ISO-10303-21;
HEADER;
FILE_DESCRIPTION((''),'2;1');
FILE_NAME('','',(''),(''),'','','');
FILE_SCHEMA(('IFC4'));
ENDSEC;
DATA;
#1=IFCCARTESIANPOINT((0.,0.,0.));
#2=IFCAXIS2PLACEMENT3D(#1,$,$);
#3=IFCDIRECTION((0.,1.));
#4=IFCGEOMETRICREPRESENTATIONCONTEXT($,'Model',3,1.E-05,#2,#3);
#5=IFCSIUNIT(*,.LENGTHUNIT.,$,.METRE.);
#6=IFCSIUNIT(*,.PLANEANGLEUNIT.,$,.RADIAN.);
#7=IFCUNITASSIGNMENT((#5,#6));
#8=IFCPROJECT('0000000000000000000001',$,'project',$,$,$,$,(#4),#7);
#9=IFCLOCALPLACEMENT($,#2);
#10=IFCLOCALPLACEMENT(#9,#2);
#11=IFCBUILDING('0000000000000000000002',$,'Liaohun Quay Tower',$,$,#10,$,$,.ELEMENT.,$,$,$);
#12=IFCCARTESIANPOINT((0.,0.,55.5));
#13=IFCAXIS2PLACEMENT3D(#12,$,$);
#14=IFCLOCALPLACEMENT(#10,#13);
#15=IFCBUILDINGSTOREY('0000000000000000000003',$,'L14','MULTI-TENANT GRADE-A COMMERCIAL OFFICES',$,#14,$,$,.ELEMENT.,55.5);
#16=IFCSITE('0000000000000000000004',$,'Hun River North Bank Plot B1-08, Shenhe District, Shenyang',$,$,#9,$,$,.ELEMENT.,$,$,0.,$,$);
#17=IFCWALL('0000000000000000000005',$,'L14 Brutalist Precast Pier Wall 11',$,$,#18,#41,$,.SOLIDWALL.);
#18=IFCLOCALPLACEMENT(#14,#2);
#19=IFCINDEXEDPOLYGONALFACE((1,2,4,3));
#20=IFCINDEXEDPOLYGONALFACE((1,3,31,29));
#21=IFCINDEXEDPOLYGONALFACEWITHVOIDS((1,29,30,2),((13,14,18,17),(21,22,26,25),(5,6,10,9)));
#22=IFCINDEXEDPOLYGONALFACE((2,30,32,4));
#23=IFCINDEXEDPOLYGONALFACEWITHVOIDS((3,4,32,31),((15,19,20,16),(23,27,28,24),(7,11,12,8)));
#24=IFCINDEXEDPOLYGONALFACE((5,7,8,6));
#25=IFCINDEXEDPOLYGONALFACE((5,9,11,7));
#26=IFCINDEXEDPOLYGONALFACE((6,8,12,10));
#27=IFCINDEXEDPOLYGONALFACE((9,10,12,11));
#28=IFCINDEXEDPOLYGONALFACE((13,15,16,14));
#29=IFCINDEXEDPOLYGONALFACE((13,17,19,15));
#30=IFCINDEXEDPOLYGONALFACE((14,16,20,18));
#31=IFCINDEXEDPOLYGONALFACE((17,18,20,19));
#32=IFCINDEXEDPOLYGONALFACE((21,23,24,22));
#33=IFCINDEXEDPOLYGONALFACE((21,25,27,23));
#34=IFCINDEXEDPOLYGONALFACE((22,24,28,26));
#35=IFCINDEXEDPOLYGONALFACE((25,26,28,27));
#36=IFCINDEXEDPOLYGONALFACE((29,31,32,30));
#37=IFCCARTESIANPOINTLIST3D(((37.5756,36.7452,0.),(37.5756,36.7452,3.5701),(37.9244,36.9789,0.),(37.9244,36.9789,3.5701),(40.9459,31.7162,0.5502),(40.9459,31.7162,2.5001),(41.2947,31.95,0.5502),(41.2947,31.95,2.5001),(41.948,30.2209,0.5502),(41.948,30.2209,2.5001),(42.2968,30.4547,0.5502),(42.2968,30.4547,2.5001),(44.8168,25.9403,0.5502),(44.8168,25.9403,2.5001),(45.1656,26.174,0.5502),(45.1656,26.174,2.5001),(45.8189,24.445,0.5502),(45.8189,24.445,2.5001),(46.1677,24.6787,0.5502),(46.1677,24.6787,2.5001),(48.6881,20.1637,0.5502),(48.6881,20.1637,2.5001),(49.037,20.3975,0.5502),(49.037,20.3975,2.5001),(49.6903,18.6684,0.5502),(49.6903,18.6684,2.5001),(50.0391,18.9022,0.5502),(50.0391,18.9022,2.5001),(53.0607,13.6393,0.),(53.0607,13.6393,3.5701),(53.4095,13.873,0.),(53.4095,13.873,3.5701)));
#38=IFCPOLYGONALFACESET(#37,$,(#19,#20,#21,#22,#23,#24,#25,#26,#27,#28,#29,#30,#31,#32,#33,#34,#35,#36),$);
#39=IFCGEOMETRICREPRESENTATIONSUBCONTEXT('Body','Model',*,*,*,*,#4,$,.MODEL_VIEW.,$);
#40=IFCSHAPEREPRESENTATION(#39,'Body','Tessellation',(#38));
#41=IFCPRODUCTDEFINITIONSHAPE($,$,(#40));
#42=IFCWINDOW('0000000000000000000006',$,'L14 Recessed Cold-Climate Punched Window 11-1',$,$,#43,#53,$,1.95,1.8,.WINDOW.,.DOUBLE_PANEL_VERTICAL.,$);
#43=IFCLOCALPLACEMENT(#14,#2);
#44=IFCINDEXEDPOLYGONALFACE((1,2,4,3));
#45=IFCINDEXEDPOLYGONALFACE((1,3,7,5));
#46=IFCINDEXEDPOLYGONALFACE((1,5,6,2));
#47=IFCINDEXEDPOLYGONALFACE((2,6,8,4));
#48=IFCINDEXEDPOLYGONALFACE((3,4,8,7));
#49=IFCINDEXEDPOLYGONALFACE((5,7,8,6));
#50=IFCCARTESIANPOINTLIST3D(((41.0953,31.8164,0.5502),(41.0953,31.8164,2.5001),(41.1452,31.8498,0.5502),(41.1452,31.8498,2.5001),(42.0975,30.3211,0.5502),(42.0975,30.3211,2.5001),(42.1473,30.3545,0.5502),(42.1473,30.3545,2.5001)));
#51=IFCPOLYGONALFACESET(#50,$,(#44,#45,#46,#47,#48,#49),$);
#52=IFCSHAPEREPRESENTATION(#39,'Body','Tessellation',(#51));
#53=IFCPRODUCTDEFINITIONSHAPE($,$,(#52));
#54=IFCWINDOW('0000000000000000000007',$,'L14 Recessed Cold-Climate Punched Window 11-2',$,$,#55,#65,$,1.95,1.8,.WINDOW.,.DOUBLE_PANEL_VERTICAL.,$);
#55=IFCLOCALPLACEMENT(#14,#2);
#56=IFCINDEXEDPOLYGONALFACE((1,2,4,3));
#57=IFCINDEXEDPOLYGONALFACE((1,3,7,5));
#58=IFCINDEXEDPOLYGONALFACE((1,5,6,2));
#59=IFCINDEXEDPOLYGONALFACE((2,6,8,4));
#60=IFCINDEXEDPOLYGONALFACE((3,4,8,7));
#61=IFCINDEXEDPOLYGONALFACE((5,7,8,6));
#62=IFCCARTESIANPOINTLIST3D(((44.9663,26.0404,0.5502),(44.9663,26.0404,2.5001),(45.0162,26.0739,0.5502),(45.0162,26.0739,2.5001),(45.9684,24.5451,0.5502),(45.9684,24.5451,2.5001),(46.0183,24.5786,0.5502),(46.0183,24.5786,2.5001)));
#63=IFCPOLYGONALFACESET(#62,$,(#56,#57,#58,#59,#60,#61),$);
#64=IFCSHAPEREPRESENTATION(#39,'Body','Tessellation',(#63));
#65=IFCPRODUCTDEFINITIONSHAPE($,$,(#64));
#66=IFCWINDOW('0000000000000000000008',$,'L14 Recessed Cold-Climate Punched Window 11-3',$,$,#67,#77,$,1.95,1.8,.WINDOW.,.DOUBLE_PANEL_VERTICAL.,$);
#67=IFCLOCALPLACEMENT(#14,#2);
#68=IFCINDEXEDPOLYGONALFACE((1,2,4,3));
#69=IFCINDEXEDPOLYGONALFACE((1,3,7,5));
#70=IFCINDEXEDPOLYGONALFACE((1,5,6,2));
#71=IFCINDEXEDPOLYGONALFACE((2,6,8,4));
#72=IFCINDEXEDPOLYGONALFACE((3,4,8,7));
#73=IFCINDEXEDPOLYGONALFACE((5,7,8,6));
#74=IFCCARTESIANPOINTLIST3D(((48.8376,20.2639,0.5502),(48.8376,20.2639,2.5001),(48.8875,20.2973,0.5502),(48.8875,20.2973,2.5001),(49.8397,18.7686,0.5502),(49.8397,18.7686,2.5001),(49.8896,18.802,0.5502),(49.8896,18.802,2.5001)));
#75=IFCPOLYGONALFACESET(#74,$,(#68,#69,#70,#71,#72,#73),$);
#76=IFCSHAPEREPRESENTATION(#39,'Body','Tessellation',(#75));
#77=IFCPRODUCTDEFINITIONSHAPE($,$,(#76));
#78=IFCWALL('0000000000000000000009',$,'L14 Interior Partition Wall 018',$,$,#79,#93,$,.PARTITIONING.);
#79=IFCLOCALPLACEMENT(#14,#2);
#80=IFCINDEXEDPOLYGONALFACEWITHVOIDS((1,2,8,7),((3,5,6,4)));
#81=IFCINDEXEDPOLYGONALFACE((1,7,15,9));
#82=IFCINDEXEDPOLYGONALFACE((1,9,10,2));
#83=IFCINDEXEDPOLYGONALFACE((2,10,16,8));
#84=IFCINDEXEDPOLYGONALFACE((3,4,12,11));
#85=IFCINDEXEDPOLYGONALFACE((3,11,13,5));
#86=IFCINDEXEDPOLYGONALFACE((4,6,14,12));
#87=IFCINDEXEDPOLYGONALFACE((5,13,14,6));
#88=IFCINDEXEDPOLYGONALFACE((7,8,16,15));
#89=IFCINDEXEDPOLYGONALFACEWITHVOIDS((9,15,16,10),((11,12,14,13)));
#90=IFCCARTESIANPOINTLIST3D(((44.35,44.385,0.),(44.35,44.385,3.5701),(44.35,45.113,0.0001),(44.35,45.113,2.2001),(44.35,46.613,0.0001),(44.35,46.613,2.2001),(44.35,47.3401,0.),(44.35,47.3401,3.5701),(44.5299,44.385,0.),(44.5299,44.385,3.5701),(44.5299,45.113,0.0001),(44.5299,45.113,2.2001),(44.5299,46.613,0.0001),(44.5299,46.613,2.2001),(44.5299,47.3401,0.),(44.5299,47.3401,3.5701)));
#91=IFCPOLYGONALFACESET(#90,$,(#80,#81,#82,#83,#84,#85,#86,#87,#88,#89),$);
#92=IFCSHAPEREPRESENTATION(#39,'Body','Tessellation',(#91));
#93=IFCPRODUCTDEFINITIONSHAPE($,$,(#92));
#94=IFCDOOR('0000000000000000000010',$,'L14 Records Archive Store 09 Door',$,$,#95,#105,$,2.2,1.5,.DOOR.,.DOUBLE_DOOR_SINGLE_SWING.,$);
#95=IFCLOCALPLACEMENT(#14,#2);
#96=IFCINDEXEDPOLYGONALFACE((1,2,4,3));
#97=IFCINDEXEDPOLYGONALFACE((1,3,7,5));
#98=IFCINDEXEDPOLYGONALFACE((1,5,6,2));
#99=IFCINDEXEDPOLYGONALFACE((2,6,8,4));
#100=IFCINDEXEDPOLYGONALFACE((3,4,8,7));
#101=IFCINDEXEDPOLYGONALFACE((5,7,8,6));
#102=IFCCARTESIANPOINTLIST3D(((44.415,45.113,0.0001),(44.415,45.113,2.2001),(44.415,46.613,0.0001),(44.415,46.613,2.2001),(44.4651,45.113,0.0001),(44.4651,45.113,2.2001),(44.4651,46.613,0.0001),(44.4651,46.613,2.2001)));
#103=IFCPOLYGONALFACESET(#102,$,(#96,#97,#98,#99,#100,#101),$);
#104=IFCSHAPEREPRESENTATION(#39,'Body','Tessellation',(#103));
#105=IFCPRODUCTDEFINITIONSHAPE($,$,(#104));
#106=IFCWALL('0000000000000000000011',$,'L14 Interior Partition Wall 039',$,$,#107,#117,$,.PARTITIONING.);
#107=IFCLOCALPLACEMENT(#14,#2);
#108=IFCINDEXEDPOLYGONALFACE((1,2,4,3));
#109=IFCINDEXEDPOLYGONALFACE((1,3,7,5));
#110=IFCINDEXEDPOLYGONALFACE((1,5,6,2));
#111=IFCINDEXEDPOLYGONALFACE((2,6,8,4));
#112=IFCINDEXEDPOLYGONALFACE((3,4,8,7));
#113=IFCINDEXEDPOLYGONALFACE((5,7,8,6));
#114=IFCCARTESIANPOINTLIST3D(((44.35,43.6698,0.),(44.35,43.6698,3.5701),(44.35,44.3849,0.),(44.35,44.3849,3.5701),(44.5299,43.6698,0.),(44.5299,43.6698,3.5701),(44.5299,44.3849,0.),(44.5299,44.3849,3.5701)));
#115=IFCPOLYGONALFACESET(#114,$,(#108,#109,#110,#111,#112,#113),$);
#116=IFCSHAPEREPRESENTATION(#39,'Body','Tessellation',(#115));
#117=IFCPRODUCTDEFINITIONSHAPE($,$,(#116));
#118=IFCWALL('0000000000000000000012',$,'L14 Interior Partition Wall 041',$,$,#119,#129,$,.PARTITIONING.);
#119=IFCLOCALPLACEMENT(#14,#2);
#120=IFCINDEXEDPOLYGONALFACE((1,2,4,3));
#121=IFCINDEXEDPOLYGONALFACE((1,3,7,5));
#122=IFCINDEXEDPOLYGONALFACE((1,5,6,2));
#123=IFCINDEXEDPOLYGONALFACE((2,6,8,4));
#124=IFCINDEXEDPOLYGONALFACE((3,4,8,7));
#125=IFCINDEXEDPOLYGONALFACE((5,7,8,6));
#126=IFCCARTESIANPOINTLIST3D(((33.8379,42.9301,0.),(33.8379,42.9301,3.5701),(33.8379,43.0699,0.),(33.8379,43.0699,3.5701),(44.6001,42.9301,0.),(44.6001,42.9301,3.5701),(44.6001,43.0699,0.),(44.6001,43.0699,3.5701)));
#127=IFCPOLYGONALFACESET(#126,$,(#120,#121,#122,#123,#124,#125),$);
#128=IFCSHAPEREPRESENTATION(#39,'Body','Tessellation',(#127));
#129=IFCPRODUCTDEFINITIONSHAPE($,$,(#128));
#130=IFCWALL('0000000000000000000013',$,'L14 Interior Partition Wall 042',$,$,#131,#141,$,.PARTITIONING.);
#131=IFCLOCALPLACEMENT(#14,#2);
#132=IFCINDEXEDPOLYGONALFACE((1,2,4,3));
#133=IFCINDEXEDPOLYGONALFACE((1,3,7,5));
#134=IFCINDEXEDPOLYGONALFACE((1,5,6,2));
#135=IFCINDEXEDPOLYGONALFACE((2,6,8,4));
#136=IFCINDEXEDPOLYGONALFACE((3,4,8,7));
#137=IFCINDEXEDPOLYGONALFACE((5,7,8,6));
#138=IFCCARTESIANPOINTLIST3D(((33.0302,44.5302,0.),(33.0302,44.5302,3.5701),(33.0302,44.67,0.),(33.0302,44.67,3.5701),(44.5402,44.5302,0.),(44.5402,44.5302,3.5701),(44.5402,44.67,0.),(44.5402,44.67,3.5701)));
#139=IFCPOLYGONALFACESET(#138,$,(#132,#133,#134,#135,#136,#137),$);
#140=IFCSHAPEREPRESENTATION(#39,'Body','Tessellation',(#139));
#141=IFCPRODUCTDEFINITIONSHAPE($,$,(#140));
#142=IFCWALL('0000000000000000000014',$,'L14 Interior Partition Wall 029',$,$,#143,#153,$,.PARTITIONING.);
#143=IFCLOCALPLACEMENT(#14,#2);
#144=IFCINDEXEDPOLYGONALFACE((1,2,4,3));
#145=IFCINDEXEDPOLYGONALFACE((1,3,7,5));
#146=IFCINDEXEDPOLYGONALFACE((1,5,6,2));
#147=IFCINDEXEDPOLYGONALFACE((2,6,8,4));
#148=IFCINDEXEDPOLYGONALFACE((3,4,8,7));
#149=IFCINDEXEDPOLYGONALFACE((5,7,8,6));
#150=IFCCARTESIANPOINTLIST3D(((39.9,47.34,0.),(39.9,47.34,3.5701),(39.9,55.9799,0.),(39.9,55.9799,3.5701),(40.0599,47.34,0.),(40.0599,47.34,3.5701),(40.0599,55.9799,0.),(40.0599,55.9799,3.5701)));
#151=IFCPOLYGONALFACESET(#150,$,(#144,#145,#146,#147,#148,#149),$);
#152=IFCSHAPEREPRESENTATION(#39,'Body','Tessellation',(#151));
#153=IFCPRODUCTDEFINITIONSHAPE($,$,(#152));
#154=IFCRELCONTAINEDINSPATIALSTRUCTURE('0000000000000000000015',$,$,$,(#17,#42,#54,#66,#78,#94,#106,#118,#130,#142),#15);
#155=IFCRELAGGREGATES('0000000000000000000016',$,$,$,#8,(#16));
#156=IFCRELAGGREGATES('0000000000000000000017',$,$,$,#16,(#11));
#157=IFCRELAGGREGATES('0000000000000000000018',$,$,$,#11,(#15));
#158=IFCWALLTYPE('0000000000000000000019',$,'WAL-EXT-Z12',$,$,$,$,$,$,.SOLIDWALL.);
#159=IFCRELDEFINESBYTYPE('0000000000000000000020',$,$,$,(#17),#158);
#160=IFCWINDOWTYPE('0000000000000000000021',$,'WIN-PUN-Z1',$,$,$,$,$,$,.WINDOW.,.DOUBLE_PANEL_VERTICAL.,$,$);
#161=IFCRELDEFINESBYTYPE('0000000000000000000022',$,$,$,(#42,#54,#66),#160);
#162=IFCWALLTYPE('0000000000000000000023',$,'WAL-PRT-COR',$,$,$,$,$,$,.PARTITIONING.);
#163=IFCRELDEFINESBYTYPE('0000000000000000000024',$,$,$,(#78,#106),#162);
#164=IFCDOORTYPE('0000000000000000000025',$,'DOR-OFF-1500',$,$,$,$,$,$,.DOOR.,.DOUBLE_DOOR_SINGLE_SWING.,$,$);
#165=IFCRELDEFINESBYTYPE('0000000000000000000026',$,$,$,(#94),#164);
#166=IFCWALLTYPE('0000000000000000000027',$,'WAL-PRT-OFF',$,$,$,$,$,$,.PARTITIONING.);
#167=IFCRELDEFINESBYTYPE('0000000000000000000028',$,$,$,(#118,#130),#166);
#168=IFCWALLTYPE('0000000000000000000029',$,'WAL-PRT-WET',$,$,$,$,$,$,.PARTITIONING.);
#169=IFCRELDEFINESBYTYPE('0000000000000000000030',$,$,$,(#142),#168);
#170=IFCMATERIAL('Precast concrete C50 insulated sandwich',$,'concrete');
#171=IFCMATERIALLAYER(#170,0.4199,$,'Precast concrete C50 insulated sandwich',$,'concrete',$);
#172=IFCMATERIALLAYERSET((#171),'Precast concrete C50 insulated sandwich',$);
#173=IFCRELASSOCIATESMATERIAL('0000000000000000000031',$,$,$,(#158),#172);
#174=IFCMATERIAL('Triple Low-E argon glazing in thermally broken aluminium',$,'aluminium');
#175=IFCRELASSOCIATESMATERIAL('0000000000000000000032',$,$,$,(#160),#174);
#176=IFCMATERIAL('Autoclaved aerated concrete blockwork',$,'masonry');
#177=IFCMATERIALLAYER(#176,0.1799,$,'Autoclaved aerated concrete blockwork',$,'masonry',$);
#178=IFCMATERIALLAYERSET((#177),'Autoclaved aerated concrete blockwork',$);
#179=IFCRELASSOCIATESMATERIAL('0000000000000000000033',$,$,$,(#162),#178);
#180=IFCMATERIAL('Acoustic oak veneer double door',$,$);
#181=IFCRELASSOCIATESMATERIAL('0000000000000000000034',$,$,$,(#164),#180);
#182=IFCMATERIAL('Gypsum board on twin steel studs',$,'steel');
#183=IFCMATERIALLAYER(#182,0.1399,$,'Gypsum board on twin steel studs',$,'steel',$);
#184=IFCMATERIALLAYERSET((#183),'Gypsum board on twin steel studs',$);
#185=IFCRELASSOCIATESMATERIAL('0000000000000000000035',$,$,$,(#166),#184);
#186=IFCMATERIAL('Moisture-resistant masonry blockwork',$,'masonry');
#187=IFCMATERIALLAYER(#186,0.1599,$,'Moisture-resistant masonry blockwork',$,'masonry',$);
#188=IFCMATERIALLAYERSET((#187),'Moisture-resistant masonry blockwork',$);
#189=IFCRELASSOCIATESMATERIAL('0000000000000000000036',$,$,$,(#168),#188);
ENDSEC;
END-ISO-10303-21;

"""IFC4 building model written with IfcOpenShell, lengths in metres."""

from ifc_helpers import new_model, si_unit, direction, frame, frame_2d, origin, place, context, subcontext, project, spatial, rectangle, extrude, source, transform, mapped, material, layer, layer_set, type_object, element, fill, save


model = new_model("IFC4")

# Units and contexts
model_context = context("Model", 3, precision=1e-05, world=origin(), true_north=direction((0.0, 1.0)))
body_context = subcontext(model_context, "Body", "Model", "MODEL_VIEW")
ifc_project = project(units=[si_unit("LENGTHUNIT", "METRE"), si_unit("PLANEANGLEUNIT", "RADIAN")], contexts=[model_context])

# Site, building, storey
site_placement = place(None, origin())
site = spatial("IfcSite", under=ifc_project, at=site_placement, Name="Hun River North Bank Plot B1-08, Shenhe District, Shenyang", CompositionType="ELEMENT", RefElevation=0.0)
building_placement = place(site_placement, origin())
building = spatial("IfcBuilding", under=site, at=building_placement, Name="Liaohun Quay Tower", CompositionType="ELEMENT")
storey_placement = place(building_placement, frame((0.0, 0.0, 55.5)))
storey = spatial("IfcBuildingStorey", under=building, at=storey_placement, Name="L14", Description="MULTI-TENANT GRADE-A COMMERCIAL OFFICES", CompositionType="ELEMENT", Elevation=55.5)

# Wall, openings, windows
ifc_material_1 = material(Name="Precast concrete C50 insulated sandwich", Category="concrete")
ifc_layer_1 = layer(ifc_material_1, 0.4199, Name="Precast concrete C50 insulated sandwich", Category="concrete")
ifc_layer_set_1 = layer_set([ifc_layer_1], Name="Precast concrete C50 insulated sandwich")
wall_type_1 = type_object("IfcWallType", Name="WAL-EXT-Z12", PredefinedType="SOLIDWALL", material=ifc_layer_set_1)
wall_1_placement = place(storey_placement, frame((37.75, 36.8621, 0.0), z_axis=(0.0, 0.0, 1.0), x_axis=(0.556718, -0.830702, 0.0)))
wall_1 = element("IfcWall", 1, at=wall_1_placement, inside=storey, type_object=wall_type_1, Name="L14 Brutalist Precast Pier Wall 11", PredefinedType="SOLIDWALL", context=body_context, shape_type="SweptSolid", body=[
    extrude(rectangle(XDim=27.8149, YDim=0.4199, at=frame_2d((13.9075, 0.0))), origin(), (0.0, 0.0, 1.0), 3.5701),
])
shared_shape_1 = source(origin(), body_context, "Body", "SweptSolid", [
    extrude(rectangle(XDim=1.8, YDim=1.95, at=frame_2d((0.8999, 0.9751))), frame((0.0, 0.22, 0.0), z_axis=(0.0, -1.0, 0.0), x_axis=(1.0, 0.0, 0.0)), (0.0, 0.0, 1.0), 0.4399),
])
opening_1_placement = place(wall_1_placement, frame((6.054, 0.0, 0.55)))
opening_1 = element("IfcOpeningElement", 2, at=opening_1_placement, cuts=wall_1, PredefinedType="OPENING", context=body_context, shape_type="MappedRepresentation", body=[
    mapped(shared_shape_1, transform((0.0, 0.0, 0.0), x_axis=(1.0, 0.0, 0.0), y_axis=(0.0, 1.0, 0.0), z_axis=(0.0, 0.0, 1.0), scale=1.0)),
])
opening_2_placement = place(wall_1_placement, frame((13.0071, 0.0, 0.55)))
opening_2 = element("IfcOpeningElement", 3, at=opening_2_placement, cuts=wall_1, PredefinedType="OPENING", context=body_context, shape_type="MappedRepresentation", body=[
    mapped(shared_shape_1, transform((0.0, 0.0, 0.0), x_axis=(1.0, 0.0, 0.0), y_axis=(0.0, 1.0, 0.0), z_axis=(0.0, 0.0, 1.0), scale=1.0)),
])
opening_3_placement = place(wall_1_placement, frame((19.9609, 0.0, 0.55)))
opening_3 = element("IfcOpeningElement", 4, at=opening_3_placement, cuts=wall_1, PredefinedType="OPENING", context=body_context, shape_type="MappedRepresentation", body=[
    mapped(shared_shape_1, transform((0.0, 0.0, 0.0), x_axis=(1.0, 0.0, 0.0), y_axis=(0.0, 1.0, 0.0), z_axis=(0.0, 0.0, 1.0), scale=1.0)),
])
ifc_material_2 = material(Name="Triple Low-E argon glazing in thermally broken aluminium", Category="aluminium")
window_type = type_object("IfcWindowType", Name="WIN-PUN-Z1", PartitioningType="DOUBLE_PANEL_VERTICAL", PredefinedType="WINDOW", material=ifc_material_2)
shared_shape_2 = source(origin(), body_context, "Body", "SweptSolid", [
    extrude(rectangle(XDim=1.8, YDim=1.95, at=frame_2d((0.8999, 0.9751))), frame((0.0, 0.03, 0.0), z_axis=(0.0, -1.0, 0.0), x_axis=(1.0, 0.0, 0.0)), (0.0, 0.0, 1.0), 0.0601),
])
window_1_placement = place(opening_1_placement, origin())
window_1 = element("IfcWindow", 5, at=window_1_placement, inside=storey, type_object=window_type, Name="L14 Recessed Cold-Climate Punched Window 11-1", OverallHeight=1.95, OverallWidth=1.8, PartitioningType="DOUBLE_PANEL_VERTICAL", PredefinedType="WINDOW", context=body_context, shape_type="MappedRepresentation", body=[
    mapped(shared_shape_2, transform((0.0, 0.0, 0.0), x_axis=(1.0, 0.0, 0.0), y_axis=(0.0, 1.0, 0.0), z_axis=(0.0, 0.0, 1.0), scale=1.0)),
])
fill(opening_1, window_1)
window_2_placement = place(opening_2_placement, origin())
window_2 = element("IfcWindow", 6, at=window_2_placement, inside=storey, type_object=window_type, Name="L14 Recessed Cold-Climate Punched Window 11-2", OverallHeight=1.95, OverallWidth=1.8, PartitioningType="DOUBLE_PANEL_VERTICAL", PredefinedType="WINDOW", context=body_context, shape_type="MappedRepresentation", body=[
    mapped(shared_shape_2, transform((0.0, 0.0, 0.0), x_axis=(1.0, 0.0, 0.0), y_axis=(0.0, 1.0, 0.0), z_axis=(0.0, 0.0, 1.0), scale=1.0)),
])
fill(opening_2, window_2)
window_3_placement = place(opening_3_placement, origin())
window_3 = element("IfcWindow", 7, at=window_3_placement, inside=storey, type_object=window_type, Name="L14 Recessed Cold-Climate Punched Window 11-3", OverallHeight=1.95, OverallWidth=1.8, PartitioningType="DOUBLE_PANEL_VERTICAL", PredefinedType="WINDOW", context=body_context, shape_type="MappedRepresentation", body=[
    mapped(shared_shape_2, transform((0.0, 0.0, 0.0), x_axis=(1.0, 0.0, 0.0), y_axis=(0.0, 1.0, 0.0), z_axis=(0.0, 0.0, 1.0), scale=1.0)),
])
fill(opening_3, window_3)

# Wall, opening, door
ifc_material_3 = material(Name="Autoclaved aerated concrete blockwork", Category="masonry")
ifc_layer_2 = layer(ifc_material_3, 0.1799, Name="Autoclaved aerated concrete blockwork", Category="masonry")
ifc_layer_set_2 = layer_set([ifc_layer_2], Name="Autoclaved aerated concrete blockwork")
wall_type_2 = type_object("IfcWallType", Name="WAL-PRT-COR", PredefinedType="PARTITIONING", material=ifc_layer_set_2)
wall_2_placement = place(storey_placement, frame((44.4399, 44.385, 0.0), z_axis=(0.0, 0.0, 1.0), x_axis=(0.0, 1.0, 0.0)))
wall_2 = element("IfcWall", 8, at=wall_2_placement, inside=storey, type_object=wall_type_2, Name="L14 Interior Partition Wall 018", PredefinedType="PARTITIONING", context=body_context, shape_type="SweptSolid", body=[
    extrude(rectangle(XDim=2.9551, YDim=0.1799, at=frame_2d((1.4775, 0.0))), origin(), (0.0, 0.0, 1.0), 3.5701),
])
shared_shape_3 = source(origin(), body_context, "Body", "SweptSolid", [
    extrude(rectangle(XDim=1.5, YDim=2.2, at=frame_2d((0.75, 1.1001))), frame((0.0, 0.0999, 0.0), z_axis=(0.0, -1.0, 0.0), x_axis=(1.0, 0.0, 0.0)), (0.0, 0.0, 1.0), 0.2),
])
opening_4_placement = place(wall_2_placement, frame((0.728, 0.0, 0.0)))
opening_4 = element("IfcOpeningElement", 9, at=opening_4_placement, cuts=wall_2, PredefinedType="OPENING", context=body_context, shape_type="MappedRepresentation", body=[
    mapped(shared_shape_3, transform((0.0, 0.0, 0.0), x_axis=(1.0, 0.0, 0.0), y_axis=(0.0, 1.0, 0.0), z_axis=(0.0, 0.0, 1.0), scale=1.0)),
])
ifc_material_4 = material(Name="Acoustic oak veneer double door")
door_type_1 = type_object("IfcDoorType", Name="DOR-OFF-1500", OperationType="DOUBLE_DOOR_SINGLE_SWING", PredefinedType="DOOR", material=ifc_material_4)
shared_shape_4 = source(origin(), body_context, "Body", "SweptSolid", [
    extrude(rectangle(XDim=1.5, YDim=2.2, at=frame_2d((0.75, 1.1001))), frame((0.0, 0.0249, 0.0), z_axis=(0.0, -1.0, 0.0), x_axis=(1.0, 0.0, 0.0)), (0.0, 0.0, 1.0), 0.05),
])
door_1_placement = place(opening_4_placement, origin())
door_1 = element("IfcDoor", 10, at=door_1_placement, inside=storey, type_object=door_type_1, Name="L14 Records Archive Store 09 Door", OperationType="DOUBLE_DOOR_SINGLE_SWING", OverallHeight=2.2, OverallWidth=1.5, PredefinedType="DOOR", context=body_context, shape_type="MappedRepresentation", body=[
    mapped(shared_shape_4, transform((0.0, 0.0, 0.0), x_axis=(1.0, 0.0, 0.0), y_axis=(0.0, 1.0, 0.0), z_axis=(0.0, 0.0, 1.0), scale=1.0)),
])
fill(opening_4, door_1)

# Walls
wall_3_placement = place(storey_placement, frame((44.4399, 43.6699, 0.0), z_axis=(0.0, 0.0, 1.0), x_axis=(0.0, 1.0, 0.0)))
element("IfcWall", 11, at=wall_3_placement, inside=storey, type_object=wall_type_2, Name="L14 Interior Partition Wall 039", PredefinedType="PARTITIONING", context=body_context, shape_type="SweptSolid", body=[
    extrude(rectangle(XDim=0.7151, YDim=0.1799, at=frame_2d((0.3574, 0.0))), origin(), (0.0, 0.0, 1.0), 3.5701),
])
ifc_material_5 = material(Name="Gypsum board on twin steel studs", Category="steel")
ifc_layer_3 = layer(ifc_material_5, 0.1399, Name="Gypsum board on twin steel studs", Category="steel")
ifc_layer_set_3 = layer_set([ifc_layer_3], Name="Gypsum board on twin steel studs")
wall_type_3 = type_object("IfcWallType", Name="WAL-PRT-OFF", PredefinedType="PARTITIONING", material=ifc_layer_set_3)
wall_4_placement = place(storey_placement, frame((44.6001, 43.0, 0.0), z_axis=(0.0, 0.0, 1.0), x_axis=(-1.0, 0.0, 0.0)))
element("IfcWall", 12, at=wall_4_placement, inside=storey, type_object=wall_type_3, Name="L14 Interior Partition Wall 041", PredefinedType="PARTITIONING", context=body_context, shape_type="SweptSolid", body=[
    extrude(rectangle(XDim=10.7622, YDim=0.1399, at=frame_2d((5.3811, 0.0))), origin(), (0.0, 0.0, 1.0), 3.5701),
])
wall_5_placement = place(storey_placement, frame((44.54, 44.6001, 0.0), z_axis=(0.0, 0.0, 1.0), x_axis=(-1.0, 0.0, 0.0)))
element("IfcWall", 13, at=wall_5_placement, inside=storey, type_object=wall_type_3, Name="L14 Interior Partition Wall 042", PredefinedType="PARTITIONING", context=body_context, shape_type="SweptSolid", body=[
    extrude(rectangle(XDim=11.51, YDim=0.1399, at=frame_2d((5.7549, 0.0))), origin(), (0.0, 0.0, 1.0), 3.5701),
])

# Shared definitions
ifc_material_6 = material(Name="Moisture-resistant masonry blockwork", Category="masonry")
ifc_layer_4 = layer(ifc_material_6, 0.1599, Name="Moisture-resistant masonry blockwork", Category="masonry")
ifc_layer_set_4 = layer_set([ifc_layer_4], Name="Moisture-resistant masonry blockwork")
wall_type_4 = type_object("IfcWallType", Name="WAL-PRT-WET", PredefinedType="PARTITIONING", material=ifc_layer_set_4)

# Wall
wall_6_placement = place(storey_placement, frame((39.98, 47.3401, 0.0), z_axis=(0.0, 0.0, 1.0), x_axis=(0.0, 1.0, 0.0)))
element("IfcWall", 14, at=wall_6_placement, inside=storey, type_object=wall_type_4, Name="L14 Interior Partition Wall 029", PredefinedType="PARTITIONING", context=body_context, shape_type="SweptSolid", body=[
    extrude(rectangle(XDim=8.6399, YDim=0.1599, at=frame_2d((4.3198, 0.0))), origin(), (0.0, 0.0, 1.0), 3.5701),
])

save(model, "model.ifc")
